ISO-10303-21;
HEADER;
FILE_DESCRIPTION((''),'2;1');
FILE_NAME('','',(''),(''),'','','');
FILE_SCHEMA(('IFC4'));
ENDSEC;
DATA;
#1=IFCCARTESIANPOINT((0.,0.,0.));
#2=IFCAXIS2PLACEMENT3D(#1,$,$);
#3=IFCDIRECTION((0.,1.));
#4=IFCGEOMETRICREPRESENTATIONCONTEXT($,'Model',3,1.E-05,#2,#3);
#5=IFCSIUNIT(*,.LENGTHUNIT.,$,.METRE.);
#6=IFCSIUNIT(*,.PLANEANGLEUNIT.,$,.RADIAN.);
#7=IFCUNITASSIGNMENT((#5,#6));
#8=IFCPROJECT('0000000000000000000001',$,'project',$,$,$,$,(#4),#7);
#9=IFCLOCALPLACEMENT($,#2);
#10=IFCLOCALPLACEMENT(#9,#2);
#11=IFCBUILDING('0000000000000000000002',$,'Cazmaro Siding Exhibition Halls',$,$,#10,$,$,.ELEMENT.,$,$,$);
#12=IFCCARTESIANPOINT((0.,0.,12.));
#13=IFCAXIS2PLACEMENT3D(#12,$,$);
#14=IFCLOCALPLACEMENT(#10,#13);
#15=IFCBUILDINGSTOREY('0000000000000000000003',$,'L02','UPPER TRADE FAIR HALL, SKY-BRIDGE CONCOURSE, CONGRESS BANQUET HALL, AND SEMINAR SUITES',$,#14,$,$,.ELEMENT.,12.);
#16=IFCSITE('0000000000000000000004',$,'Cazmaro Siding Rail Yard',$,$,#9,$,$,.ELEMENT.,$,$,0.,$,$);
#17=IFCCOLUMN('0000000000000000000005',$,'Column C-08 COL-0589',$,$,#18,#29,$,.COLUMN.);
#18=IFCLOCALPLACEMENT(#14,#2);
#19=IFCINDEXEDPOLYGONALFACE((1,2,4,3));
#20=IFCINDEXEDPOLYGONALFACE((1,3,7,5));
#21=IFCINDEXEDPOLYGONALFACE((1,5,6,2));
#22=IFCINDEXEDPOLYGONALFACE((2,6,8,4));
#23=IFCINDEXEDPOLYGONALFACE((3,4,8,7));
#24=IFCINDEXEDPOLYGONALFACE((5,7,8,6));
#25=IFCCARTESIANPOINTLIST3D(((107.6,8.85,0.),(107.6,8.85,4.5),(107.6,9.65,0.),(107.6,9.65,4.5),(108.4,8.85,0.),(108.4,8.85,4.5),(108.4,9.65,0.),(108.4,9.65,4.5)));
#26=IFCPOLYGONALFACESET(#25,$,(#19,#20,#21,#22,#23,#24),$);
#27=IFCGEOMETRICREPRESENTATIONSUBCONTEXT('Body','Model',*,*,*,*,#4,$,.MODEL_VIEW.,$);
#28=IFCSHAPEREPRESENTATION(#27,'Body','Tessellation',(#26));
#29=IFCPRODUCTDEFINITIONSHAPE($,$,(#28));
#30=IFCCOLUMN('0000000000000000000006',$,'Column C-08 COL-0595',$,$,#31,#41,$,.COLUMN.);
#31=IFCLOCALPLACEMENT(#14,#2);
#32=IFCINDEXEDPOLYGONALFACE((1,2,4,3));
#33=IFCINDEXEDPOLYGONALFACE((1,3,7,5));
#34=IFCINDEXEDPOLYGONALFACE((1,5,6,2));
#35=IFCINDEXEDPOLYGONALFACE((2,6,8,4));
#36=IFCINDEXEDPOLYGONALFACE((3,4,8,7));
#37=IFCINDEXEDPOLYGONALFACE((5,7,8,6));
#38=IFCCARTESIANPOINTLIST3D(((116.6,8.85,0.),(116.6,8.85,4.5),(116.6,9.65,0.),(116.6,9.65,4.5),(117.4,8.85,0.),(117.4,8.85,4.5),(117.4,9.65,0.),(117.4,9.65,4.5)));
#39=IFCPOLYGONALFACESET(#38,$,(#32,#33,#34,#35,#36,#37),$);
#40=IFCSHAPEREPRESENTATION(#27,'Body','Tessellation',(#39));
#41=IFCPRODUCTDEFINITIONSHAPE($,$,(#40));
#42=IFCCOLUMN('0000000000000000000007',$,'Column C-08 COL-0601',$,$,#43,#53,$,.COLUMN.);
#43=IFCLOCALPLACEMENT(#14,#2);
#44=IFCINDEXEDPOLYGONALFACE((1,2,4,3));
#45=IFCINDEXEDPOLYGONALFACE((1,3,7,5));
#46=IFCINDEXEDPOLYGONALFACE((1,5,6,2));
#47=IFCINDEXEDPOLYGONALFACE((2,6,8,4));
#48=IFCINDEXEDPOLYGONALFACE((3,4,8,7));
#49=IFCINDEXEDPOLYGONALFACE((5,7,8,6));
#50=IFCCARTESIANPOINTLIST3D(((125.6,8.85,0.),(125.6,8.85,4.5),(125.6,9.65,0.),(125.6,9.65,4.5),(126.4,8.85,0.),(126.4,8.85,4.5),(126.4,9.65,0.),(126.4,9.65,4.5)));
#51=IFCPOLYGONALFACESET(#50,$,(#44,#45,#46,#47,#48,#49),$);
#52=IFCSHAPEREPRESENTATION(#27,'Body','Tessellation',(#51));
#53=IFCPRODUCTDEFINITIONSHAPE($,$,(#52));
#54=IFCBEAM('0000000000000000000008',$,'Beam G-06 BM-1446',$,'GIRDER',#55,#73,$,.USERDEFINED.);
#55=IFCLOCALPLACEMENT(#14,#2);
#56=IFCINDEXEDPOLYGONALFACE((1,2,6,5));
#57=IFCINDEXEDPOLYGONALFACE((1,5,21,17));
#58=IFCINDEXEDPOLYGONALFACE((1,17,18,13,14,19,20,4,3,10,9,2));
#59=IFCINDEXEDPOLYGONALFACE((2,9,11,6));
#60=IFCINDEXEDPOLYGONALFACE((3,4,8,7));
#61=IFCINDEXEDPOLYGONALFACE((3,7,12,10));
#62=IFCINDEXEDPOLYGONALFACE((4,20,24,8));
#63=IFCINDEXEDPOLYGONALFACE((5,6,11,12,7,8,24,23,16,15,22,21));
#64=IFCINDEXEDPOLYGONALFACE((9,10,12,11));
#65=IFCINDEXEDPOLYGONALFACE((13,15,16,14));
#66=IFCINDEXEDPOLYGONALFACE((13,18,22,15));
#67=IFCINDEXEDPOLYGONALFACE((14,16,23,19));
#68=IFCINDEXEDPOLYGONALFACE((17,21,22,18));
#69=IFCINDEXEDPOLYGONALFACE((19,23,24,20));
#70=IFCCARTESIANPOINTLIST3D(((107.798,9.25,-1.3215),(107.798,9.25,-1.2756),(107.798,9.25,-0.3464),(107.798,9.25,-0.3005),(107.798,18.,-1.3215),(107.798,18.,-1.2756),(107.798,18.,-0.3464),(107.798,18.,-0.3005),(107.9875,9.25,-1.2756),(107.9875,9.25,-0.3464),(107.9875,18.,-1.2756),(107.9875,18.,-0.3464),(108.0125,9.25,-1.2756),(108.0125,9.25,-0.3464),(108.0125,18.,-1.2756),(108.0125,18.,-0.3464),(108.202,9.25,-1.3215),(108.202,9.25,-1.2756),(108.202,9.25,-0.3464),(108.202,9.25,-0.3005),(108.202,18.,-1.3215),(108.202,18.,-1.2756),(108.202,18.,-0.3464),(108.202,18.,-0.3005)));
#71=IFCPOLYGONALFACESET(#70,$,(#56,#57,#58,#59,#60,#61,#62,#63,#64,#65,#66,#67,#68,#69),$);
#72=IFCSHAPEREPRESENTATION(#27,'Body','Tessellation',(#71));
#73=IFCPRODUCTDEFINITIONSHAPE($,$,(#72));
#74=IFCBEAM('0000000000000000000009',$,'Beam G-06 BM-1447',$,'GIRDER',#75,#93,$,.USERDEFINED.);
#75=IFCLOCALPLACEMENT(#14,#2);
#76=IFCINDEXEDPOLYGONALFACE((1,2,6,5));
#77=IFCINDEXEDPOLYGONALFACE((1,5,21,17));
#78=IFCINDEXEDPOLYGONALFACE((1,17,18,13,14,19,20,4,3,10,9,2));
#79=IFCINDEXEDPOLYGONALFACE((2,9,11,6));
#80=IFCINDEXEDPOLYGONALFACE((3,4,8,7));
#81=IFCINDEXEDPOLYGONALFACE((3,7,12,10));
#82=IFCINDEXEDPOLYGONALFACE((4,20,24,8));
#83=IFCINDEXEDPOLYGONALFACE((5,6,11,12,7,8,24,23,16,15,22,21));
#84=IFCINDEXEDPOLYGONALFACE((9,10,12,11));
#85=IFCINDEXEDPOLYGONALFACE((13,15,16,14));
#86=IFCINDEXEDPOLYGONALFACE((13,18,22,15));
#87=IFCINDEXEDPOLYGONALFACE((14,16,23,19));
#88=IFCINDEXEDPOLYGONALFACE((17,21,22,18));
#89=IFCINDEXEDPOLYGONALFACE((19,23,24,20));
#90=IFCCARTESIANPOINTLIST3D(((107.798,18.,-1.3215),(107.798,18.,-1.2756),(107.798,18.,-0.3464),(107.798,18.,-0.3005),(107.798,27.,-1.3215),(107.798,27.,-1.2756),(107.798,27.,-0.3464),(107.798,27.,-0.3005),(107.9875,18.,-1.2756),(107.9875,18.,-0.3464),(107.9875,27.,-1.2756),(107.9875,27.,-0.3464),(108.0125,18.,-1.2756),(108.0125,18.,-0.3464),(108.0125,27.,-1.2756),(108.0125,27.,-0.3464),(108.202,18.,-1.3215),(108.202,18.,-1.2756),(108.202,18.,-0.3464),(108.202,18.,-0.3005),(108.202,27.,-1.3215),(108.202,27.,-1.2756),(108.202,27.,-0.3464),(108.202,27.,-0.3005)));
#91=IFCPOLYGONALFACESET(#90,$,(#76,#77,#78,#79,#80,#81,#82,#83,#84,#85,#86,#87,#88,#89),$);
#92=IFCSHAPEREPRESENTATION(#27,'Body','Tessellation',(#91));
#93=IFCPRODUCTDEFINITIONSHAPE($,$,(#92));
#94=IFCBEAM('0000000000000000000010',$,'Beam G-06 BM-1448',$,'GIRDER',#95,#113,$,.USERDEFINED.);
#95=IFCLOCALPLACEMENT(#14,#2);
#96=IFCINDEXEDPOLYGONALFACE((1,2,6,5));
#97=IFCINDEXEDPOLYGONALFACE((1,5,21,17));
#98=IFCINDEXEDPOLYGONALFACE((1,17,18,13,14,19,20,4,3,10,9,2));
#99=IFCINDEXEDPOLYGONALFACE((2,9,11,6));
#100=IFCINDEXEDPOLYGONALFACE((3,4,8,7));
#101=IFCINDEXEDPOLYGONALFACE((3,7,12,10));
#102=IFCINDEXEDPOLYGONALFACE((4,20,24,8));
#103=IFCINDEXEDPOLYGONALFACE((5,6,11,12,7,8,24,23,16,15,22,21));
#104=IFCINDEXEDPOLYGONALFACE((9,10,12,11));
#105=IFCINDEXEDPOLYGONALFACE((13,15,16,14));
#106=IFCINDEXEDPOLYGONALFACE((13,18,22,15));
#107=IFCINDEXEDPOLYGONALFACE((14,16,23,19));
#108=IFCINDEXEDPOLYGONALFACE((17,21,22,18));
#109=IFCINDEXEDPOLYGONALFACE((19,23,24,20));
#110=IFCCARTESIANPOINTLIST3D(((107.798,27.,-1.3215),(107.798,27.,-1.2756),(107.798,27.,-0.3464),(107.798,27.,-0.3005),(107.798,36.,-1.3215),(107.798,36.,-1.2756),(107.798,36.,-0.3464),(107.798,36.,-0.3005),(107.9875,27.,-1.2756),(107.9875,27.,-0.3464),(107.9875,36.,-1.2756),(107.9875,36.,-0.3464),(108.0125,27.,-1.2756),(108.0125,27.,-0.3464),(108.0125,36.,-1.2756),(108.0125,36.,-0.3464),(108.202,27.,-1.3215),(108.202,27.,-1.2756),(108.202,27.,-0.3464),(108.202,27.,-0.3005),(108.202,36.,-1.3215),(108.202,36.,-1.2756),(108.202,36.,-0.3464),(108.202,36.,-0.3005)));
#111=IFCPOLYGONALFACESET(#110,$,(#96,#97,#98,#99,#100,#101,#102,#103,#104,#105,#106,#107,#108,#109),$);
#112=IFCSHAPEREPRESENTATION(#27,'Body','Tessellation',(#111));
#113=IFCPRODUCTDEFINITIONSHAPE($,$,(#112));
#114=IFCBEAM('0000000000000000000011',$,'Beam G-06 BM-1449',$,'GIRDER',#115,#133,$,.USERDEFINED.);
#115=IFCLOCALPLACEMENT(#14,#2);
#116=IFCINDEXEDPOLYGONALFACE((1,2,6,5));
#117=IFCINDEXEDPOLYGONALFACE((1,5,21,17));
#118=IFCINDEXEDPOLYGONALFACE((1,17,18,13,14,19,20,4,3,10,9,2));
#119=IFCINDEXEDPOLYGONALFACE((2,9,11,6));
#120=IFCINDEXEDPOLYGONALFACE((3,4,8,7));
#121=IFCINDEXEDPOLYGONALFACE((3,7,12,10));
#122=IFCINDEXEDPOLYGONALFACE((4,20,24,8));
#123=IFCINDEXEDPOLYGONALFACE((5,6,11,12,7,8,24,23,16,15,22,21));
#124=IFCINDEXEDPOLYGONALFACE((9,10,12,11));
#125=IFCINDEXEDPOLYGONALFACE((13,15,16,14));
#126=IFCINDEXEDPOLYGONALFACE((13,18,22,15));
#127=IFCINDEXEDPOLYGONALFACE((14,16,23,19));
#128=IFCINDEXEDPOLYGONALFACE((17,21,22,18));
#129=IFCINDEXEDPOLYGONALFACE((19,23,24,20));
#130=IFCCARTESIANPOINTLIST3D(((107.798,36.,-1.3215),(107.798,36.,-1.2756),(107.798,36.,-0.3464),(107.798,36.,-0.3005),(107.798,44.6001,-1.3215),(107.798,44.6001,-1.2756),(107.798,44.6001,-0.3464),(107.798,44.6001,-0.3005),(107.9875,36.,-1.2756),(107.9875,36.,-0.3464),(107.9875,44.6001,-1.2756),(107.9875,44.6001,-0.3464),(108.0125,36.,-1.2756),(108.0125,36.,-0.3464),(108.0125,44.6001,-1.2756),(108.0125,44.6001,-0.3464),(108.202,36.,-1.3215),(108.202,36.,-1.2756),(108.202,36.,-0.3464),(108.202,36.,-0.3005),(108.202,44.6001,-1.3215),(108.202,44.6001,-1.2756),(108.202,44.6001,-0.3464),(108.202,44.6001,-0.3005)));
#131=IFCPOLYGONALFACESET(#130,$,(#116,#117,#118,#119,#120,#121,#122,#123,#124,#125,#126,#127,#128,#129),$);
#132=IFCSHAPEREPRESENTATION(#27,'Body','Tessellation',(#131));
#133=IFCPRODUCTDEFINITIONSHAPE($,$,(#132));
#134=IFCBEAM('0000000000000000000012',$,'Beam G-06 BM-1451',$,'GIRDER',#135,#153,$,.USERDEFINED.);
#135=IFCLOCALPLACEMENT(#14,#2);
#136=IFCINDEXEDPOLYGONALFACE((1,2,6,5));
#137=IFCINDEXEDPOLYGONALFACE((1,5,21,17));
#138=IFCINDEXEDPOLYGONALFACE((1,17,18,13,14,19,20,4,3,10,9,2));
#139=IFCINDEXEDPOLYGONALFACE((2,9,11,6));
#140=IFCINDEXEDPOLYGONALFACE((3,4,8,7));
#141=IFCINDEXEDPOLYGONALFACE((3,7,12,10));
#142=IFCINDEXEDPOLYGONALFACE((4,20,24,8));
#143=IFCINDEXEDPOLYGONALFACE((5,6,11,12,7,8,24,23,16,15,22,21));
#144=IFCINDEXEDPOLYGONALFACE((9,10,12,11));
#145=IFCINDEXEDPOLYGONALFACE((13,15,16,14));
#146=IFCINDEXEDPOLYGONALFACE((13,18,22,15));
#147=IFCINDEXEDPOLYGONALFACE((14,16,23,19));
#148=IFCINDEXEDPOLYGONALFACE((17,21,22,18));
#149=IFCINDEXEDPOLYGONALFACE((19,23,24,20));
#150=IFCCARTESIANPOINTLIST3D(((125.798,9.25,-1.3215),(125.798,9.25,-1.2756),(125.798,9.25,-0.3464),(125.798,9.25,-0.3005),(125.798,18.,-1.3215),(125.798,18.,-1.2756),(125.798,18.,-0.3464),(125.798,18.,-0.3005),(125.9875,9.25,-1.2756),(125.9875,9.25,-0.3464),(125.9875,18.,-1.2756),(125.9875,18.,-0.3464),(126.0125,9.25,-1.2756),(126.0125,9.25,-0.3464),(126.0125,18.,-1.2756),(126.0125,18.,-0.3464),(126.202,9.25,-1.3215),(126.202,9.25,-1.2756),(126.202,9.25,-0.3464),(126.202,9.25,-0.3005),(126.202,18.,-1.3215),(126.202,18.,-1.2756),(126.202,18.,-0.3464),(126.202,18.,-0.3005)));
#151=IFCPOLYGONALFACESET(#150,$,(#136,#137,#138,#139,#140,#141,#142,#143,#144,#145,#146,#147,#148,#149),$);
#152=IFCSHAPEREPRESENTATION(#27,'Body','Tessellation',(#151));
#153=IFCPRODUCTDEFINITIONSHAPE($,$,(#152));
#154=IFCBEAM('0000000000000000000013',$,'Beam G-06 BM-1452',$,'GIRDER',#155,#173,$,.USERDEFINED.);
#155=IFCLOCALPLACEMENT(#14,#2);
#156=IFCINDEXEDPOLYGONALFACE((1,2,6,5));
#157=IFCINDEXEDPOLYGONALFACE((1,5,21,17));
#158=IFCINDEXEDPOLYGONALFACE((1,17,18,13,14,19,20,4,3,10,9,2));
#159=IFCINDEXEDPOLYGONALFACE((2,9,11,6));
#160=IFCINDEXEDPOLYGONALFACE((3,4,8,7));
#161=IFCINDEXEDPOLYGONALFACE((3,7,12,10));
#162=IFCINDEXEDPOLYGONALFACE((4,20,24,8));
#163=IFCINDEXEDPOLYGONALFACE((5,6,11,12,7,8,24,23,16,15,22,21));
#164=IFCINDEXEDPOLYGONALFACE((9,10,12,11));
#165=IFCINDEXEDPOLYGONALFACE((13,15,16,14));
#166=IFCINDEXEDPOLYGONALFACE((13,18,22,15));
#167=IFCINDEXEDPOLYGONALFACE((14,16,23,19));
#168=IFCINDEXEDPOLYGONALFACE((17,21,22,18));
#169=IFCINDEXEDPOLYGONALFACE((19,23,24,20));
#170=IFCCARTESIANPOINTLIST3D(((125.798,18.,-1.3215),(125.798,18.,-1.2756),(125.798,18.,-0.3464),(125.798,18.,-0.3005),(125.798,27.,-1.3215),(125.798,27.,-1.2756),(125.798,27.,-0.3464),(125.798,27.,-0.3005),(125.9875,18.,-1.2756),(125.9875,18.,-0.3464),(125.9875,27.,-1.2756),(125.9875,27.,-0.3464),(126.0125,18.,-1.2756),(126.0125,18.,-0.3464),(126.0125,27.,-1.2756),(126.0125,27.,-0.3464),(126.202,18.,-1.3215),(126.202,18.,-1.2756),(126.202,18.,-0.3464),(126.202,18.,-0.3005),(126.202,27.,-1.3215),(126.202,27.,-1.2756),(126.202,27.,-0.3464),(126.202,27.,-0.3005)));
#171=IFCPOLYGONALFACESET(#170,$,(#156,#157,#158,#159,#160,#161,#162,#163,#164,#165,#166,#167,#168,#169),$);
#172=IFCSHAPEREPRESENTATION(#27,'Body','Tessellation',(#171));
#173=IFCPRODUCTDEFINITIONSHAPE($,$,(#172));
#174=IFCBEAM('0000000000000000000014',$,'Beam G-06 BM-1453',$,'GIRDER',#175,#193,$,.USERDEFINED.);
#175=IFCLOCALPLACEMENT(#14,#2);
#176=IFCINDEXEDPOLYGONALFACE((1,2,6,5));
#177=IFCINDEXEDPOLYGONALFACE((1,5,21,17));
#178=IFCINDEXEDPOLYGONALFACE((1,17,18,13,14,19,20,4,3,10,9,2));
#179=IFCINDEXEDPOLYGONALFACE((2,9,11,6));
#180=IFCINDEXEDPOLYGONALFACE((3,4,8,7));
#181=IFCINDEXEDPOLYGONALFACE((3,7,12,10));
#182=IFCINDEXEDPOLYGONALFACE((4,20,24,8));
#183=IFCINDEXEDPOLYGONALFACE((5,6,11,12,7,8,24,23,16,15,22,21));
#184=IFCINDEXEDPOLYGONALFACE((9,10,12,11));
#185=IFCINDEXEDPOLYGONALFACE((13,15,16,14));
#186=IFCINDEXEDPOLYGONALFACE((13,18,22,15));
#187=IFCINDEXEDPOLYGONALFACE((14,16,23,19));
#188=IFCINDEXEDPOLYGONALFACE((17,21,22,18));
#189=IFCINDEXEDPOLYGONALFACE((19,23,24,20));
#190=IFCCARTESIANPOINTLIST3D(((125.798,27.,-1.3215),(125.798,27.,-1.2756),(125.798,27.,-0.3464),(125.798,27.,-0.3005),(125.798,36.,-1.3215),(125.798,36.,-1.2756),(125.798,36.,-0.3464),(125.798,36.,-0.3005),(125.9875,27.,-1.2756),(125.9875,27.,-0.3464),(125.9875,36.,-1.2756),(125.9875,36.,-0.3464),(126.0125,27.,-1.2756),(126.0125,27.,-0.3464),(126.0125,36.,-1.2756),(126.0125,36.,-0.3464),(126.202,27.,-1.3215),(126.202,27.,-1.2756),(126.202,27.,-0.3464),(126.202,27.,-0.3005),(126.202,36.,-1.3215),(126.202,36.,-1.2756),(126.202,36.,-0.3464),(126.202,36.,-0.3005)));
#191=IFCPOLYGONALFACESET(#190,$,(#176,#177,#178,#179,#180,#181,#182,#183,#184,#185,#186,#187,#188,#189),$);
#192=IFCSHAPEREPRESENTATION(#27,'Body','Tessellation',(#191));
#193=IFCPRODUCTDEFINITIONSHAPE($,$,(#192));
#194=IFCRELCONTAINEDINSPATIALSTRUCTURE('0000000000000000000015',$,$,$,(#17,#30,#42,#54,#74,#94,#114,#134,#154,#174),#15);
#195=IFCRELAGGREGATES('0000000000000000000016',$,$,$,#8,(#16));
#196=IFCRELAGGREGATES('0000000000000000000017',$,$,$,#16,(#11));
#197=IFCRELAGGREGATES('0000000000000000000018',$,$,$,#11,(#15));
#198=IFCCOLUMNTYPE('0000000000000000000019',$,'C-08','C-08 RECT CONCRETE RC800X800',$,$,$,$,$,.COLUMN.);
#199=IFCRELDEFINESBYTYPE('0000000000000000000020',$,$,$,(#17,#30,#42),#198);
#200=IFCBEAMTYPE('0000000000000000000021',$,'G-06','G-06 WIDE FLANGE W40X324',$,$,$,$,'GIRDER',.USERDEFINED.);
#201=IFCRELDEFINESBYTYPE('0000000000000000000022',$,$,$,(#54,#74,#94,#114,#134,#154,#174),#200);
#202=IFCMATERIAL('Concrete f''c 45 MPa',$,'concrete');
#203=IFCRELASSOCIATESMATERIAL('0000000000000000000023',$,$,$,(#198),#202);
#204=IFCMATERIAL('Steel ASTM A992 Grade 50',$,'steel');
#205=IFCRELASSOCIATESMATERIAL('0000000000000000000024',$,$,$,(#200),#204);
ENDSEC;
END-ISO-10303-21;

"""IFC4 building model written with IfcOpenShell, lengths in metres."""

from ifc_helpers import new_model, si_unit, direction, frame, origin, origin_2d, place, context, subcontext, project, spatial, rectangle, i_section, extrude, material, material_profile, profile_set, type_object, element, save


model = new_model("IFC4")

# Units and contexts
model_context = context("Model", 3, precision=1e-05, world=origin(), true_north=direction((0.0, 1.0)))
body_context = subcontext(model_context, "Body", "Model", "MODEL_VIEW")
ifc_project = project(units=[si_unit("LENGTHUNIT", "METRE"), si_unit("PLANEANGLEUNIT", "RADIAN")], contexts=[model_context])

# Site, building, storey
site_placement = place(None, origin())
site = spatial("IfcSite", under=ifc_project, at=site_placement, Name="Cazmaro Siding Rail Yard", CompositionType="ELEMENT", RefElevation=0.0)
building_placement = place(site_placement, origin())
building = spatial("IfcBuilding", under=site, at=building_placement, Name="Cazmaro Siding Exhibition Halls", CompositionType="ELEMENT")
storey_placement = place(building_placement, frame((0.0, 0.0, 12.0)))
storey = spatial("IfcBuildingStorey", under=building, at=storey_placement, Name="L02", Description="UPPER TRADE FAIR HALL, SKY-BRIDGE CONCOURSE, CONGRESS BANQUET HALL, AND SEMINAR SUITES", CompositionType="ELEMENT", Elevation=12.0)

# Columns
ifc_material_1 = material(Name="Concrete f'c 45 MPa", Category="concrete")
ifc_material_profile_1 = material_profile(ifc_material_1, rectangle(XDim=0.8, YDim=0.8, at=origin_2d()), Name="RC800X800")
ifc_profile_set_1 = profile_set([ifc_material_profile_1], Name="Concrete f'c 45 MPa")
column_type = type_object("IfcColumnType", Name="C-08", Description="C-08 RECT CONCRETE RC800X800", PredefinedType="COLUMN", material=ifc_profile_set_1)
for number, where, z_axis, x_axis, name in (
    (1, (108.0, 9.25, 0.0), (0.0, 0.0, 1.0), (1.0, 0.0, 0.0), "Column C-08 COL-0589"),
    (2, (117.0, 9.25, 0.0), (0.0, 0.0, 1.0), (1.0, 0.0, 0.0), "Column C-08 COL-0595"),
    (3, (126.0, 9.25, 0.0), (0.0, 0.0, 1.0), (1.0, 0.0, 0.0), "Column C-08 COL-0601"),
):
    element("IfcColumn", number, at=place(storey_placement, frame(where, z_axis=z_axis, x_axis=x_axis)), inside=storey, type_object=column_type, Name=name, PredefinedType="COLUMN", context=body_context, shape_type="SweptSolid", body=[
        extrude(rectangle(XDim=0.8, YDim=0.8, at=origin_2d()), origin(), (0.0, 0.0, 1.0), 4.5),
    ])

# Beams
ifc_material_2 = material(Name="Steel ASTM A992 Grade 50", Category="steel")
ifc_material_profile_2 = material_profile(ifc_material_2, i_section(OverallWidth=0.4041, OverallDepth=1.021, WebThickness=0.0249, FlangeThickness=0.0459, at=origin_2d()), Name="W40X324")
ifc_profile_set_2 = profile_set([ifc_material_profile_2], Name="Steel ASTM A992 Grade 50")
beam_type_1 = type_object("IfcBeamType", Name="G-06", Description="G-06 WIDE FLANGE W40X324", ElementType="GIRDER", PredefinedType="USERDEFINED", material=ifc_profile_set_2)
beam_1_placement = place(storey_placement, frame((108.0, 9.25, -0.811), z_axis=(0.0, 1.0, 0.0), x_axis=(-1.0, 0.0, 0.0)))
element("IfcBeam", 4, at=beam_1_placement, inside=storey, type_object=beam_type_1, Name="Beam G-06 BM-1446", ObjectType="GIRDER", PredefinedType="USERDEFINED", context=body_context, shape_type="SweptSolid", body=[
    extrude(i_section(OverallWidth=0.4041, OverallDepth=1.021, WebThickness=0.0249, FlangeThickness=0.0459, at=origin_2d()), origin(), (0.0, 0.0, 1.0), 8.75),
])
for number, where, z_axis, x_axis, name in (
    (5, (108.0, 18.0, -0.811), (0.0, 1.0, 0.0), (-1.0, 0.0, 0.0), "Beam G-06 BM-1447"),
    (6, (108.0, 27.0, -0.811), (0.0, 1.0, 0.0), (-1.0, 0.0, 0.0), "Beam G-06 BM-1448"),
):
    element("IfcBeam", number, at=place(storey_placement, frame(where, z_axis=z_axis, x_axis=x_axis)), inside=storey, type_object=beam_type_1, Name=name, ObjectType="GIRDER", PredefinedType="USERDEFINED", context=body_context, shape_type="SweptSolid", body=[
        extrude(i_section(OverallWidth=0.4041, OverallDepth=1.021, WebThickness=0.0249, FlangeThickness=0.0459, at=origin_2d()), origin(), (0.0, 0.0, 1.0), 9.0),
    ])
beam_2_placement = place(storey_placement, frame((108.0, 36.0, -0.811), z_axis=(0.0, 1.0, 0.0), x_axis=(-1.0, 0.0, 0.0)))
element("IfcBeam", 7, at=beam_2_placement, inside=storey, type_object=beam_type_1, Name="Beam G-06 BM-1449", ObjectType="GIRDER", PredefinedType="USERDEFINED", context=body_context, shape_type="SweptSolid", body=[
    extrude(i_section(OverallWidth=0.4041, OverallDepth=1.021, WebThickness=0.0249, FlangeThickness=0.0459, at=origin_2d()), origin(), (0.0, 0.0, 1.0), 8.6001),
])
beam_3_placement = place(storey_placement, frame((126.0, 9.25, -0.811), z_axis=(0.0, 1.0, 0.0), x_axis=(-1.0, 0.0, 0.0)))
element("IfcBeam", 8, at=beam_3_placement, inside=storey, type_object=beam_type_1, Name="Beam G-06 BM-1451", ObjectType="GIRDER", PredefinedType="USERDEFINED", context=body_context, shape_type="SweptSolid", body=[
    extrude(i_section(OverallWidth=0.4041, OverallDepth=1.021, WebThickness=0.0249, FlangeThickness=0.0459, at=origin_2d()), origin(), (0.0, 0.0, 1.0), 8.75),
])
for number, where, z_axis, x_axis, name in (
    (9, (126.0, 18.0, -0.811), (0.0, 1.0, 0.0), (-1.0, 0.0, 0.0), "Beam G-06 BM-1452"),
    (10, (126.0, 27.0, -0.811), (0.0, 1.0, 0.0), (-1.0, 0.0, 0.0), "Beam G-06 BM-1453"),
):
    element("IfcBeam", number, at=place(storey_placement, frame(where, z_axis=z_axis, x_axis=x_axis)), inside=storey, type_object=beam_type_1, Name=name, ObjectType="GIRDER", PredefinedType="USERDEFINED", context=body_context, shape_type="SweptSolid", body=[
        extrude(i_section(OverallWidth=0.4041, OverallDepth=1.021, WebThickness=0.0249, FlangeThickness=0.0459, at=origin_2d()), origin(), (0.0, 0.0, 1.0), 9.0),
    ])

save(model, "model.ifc")
